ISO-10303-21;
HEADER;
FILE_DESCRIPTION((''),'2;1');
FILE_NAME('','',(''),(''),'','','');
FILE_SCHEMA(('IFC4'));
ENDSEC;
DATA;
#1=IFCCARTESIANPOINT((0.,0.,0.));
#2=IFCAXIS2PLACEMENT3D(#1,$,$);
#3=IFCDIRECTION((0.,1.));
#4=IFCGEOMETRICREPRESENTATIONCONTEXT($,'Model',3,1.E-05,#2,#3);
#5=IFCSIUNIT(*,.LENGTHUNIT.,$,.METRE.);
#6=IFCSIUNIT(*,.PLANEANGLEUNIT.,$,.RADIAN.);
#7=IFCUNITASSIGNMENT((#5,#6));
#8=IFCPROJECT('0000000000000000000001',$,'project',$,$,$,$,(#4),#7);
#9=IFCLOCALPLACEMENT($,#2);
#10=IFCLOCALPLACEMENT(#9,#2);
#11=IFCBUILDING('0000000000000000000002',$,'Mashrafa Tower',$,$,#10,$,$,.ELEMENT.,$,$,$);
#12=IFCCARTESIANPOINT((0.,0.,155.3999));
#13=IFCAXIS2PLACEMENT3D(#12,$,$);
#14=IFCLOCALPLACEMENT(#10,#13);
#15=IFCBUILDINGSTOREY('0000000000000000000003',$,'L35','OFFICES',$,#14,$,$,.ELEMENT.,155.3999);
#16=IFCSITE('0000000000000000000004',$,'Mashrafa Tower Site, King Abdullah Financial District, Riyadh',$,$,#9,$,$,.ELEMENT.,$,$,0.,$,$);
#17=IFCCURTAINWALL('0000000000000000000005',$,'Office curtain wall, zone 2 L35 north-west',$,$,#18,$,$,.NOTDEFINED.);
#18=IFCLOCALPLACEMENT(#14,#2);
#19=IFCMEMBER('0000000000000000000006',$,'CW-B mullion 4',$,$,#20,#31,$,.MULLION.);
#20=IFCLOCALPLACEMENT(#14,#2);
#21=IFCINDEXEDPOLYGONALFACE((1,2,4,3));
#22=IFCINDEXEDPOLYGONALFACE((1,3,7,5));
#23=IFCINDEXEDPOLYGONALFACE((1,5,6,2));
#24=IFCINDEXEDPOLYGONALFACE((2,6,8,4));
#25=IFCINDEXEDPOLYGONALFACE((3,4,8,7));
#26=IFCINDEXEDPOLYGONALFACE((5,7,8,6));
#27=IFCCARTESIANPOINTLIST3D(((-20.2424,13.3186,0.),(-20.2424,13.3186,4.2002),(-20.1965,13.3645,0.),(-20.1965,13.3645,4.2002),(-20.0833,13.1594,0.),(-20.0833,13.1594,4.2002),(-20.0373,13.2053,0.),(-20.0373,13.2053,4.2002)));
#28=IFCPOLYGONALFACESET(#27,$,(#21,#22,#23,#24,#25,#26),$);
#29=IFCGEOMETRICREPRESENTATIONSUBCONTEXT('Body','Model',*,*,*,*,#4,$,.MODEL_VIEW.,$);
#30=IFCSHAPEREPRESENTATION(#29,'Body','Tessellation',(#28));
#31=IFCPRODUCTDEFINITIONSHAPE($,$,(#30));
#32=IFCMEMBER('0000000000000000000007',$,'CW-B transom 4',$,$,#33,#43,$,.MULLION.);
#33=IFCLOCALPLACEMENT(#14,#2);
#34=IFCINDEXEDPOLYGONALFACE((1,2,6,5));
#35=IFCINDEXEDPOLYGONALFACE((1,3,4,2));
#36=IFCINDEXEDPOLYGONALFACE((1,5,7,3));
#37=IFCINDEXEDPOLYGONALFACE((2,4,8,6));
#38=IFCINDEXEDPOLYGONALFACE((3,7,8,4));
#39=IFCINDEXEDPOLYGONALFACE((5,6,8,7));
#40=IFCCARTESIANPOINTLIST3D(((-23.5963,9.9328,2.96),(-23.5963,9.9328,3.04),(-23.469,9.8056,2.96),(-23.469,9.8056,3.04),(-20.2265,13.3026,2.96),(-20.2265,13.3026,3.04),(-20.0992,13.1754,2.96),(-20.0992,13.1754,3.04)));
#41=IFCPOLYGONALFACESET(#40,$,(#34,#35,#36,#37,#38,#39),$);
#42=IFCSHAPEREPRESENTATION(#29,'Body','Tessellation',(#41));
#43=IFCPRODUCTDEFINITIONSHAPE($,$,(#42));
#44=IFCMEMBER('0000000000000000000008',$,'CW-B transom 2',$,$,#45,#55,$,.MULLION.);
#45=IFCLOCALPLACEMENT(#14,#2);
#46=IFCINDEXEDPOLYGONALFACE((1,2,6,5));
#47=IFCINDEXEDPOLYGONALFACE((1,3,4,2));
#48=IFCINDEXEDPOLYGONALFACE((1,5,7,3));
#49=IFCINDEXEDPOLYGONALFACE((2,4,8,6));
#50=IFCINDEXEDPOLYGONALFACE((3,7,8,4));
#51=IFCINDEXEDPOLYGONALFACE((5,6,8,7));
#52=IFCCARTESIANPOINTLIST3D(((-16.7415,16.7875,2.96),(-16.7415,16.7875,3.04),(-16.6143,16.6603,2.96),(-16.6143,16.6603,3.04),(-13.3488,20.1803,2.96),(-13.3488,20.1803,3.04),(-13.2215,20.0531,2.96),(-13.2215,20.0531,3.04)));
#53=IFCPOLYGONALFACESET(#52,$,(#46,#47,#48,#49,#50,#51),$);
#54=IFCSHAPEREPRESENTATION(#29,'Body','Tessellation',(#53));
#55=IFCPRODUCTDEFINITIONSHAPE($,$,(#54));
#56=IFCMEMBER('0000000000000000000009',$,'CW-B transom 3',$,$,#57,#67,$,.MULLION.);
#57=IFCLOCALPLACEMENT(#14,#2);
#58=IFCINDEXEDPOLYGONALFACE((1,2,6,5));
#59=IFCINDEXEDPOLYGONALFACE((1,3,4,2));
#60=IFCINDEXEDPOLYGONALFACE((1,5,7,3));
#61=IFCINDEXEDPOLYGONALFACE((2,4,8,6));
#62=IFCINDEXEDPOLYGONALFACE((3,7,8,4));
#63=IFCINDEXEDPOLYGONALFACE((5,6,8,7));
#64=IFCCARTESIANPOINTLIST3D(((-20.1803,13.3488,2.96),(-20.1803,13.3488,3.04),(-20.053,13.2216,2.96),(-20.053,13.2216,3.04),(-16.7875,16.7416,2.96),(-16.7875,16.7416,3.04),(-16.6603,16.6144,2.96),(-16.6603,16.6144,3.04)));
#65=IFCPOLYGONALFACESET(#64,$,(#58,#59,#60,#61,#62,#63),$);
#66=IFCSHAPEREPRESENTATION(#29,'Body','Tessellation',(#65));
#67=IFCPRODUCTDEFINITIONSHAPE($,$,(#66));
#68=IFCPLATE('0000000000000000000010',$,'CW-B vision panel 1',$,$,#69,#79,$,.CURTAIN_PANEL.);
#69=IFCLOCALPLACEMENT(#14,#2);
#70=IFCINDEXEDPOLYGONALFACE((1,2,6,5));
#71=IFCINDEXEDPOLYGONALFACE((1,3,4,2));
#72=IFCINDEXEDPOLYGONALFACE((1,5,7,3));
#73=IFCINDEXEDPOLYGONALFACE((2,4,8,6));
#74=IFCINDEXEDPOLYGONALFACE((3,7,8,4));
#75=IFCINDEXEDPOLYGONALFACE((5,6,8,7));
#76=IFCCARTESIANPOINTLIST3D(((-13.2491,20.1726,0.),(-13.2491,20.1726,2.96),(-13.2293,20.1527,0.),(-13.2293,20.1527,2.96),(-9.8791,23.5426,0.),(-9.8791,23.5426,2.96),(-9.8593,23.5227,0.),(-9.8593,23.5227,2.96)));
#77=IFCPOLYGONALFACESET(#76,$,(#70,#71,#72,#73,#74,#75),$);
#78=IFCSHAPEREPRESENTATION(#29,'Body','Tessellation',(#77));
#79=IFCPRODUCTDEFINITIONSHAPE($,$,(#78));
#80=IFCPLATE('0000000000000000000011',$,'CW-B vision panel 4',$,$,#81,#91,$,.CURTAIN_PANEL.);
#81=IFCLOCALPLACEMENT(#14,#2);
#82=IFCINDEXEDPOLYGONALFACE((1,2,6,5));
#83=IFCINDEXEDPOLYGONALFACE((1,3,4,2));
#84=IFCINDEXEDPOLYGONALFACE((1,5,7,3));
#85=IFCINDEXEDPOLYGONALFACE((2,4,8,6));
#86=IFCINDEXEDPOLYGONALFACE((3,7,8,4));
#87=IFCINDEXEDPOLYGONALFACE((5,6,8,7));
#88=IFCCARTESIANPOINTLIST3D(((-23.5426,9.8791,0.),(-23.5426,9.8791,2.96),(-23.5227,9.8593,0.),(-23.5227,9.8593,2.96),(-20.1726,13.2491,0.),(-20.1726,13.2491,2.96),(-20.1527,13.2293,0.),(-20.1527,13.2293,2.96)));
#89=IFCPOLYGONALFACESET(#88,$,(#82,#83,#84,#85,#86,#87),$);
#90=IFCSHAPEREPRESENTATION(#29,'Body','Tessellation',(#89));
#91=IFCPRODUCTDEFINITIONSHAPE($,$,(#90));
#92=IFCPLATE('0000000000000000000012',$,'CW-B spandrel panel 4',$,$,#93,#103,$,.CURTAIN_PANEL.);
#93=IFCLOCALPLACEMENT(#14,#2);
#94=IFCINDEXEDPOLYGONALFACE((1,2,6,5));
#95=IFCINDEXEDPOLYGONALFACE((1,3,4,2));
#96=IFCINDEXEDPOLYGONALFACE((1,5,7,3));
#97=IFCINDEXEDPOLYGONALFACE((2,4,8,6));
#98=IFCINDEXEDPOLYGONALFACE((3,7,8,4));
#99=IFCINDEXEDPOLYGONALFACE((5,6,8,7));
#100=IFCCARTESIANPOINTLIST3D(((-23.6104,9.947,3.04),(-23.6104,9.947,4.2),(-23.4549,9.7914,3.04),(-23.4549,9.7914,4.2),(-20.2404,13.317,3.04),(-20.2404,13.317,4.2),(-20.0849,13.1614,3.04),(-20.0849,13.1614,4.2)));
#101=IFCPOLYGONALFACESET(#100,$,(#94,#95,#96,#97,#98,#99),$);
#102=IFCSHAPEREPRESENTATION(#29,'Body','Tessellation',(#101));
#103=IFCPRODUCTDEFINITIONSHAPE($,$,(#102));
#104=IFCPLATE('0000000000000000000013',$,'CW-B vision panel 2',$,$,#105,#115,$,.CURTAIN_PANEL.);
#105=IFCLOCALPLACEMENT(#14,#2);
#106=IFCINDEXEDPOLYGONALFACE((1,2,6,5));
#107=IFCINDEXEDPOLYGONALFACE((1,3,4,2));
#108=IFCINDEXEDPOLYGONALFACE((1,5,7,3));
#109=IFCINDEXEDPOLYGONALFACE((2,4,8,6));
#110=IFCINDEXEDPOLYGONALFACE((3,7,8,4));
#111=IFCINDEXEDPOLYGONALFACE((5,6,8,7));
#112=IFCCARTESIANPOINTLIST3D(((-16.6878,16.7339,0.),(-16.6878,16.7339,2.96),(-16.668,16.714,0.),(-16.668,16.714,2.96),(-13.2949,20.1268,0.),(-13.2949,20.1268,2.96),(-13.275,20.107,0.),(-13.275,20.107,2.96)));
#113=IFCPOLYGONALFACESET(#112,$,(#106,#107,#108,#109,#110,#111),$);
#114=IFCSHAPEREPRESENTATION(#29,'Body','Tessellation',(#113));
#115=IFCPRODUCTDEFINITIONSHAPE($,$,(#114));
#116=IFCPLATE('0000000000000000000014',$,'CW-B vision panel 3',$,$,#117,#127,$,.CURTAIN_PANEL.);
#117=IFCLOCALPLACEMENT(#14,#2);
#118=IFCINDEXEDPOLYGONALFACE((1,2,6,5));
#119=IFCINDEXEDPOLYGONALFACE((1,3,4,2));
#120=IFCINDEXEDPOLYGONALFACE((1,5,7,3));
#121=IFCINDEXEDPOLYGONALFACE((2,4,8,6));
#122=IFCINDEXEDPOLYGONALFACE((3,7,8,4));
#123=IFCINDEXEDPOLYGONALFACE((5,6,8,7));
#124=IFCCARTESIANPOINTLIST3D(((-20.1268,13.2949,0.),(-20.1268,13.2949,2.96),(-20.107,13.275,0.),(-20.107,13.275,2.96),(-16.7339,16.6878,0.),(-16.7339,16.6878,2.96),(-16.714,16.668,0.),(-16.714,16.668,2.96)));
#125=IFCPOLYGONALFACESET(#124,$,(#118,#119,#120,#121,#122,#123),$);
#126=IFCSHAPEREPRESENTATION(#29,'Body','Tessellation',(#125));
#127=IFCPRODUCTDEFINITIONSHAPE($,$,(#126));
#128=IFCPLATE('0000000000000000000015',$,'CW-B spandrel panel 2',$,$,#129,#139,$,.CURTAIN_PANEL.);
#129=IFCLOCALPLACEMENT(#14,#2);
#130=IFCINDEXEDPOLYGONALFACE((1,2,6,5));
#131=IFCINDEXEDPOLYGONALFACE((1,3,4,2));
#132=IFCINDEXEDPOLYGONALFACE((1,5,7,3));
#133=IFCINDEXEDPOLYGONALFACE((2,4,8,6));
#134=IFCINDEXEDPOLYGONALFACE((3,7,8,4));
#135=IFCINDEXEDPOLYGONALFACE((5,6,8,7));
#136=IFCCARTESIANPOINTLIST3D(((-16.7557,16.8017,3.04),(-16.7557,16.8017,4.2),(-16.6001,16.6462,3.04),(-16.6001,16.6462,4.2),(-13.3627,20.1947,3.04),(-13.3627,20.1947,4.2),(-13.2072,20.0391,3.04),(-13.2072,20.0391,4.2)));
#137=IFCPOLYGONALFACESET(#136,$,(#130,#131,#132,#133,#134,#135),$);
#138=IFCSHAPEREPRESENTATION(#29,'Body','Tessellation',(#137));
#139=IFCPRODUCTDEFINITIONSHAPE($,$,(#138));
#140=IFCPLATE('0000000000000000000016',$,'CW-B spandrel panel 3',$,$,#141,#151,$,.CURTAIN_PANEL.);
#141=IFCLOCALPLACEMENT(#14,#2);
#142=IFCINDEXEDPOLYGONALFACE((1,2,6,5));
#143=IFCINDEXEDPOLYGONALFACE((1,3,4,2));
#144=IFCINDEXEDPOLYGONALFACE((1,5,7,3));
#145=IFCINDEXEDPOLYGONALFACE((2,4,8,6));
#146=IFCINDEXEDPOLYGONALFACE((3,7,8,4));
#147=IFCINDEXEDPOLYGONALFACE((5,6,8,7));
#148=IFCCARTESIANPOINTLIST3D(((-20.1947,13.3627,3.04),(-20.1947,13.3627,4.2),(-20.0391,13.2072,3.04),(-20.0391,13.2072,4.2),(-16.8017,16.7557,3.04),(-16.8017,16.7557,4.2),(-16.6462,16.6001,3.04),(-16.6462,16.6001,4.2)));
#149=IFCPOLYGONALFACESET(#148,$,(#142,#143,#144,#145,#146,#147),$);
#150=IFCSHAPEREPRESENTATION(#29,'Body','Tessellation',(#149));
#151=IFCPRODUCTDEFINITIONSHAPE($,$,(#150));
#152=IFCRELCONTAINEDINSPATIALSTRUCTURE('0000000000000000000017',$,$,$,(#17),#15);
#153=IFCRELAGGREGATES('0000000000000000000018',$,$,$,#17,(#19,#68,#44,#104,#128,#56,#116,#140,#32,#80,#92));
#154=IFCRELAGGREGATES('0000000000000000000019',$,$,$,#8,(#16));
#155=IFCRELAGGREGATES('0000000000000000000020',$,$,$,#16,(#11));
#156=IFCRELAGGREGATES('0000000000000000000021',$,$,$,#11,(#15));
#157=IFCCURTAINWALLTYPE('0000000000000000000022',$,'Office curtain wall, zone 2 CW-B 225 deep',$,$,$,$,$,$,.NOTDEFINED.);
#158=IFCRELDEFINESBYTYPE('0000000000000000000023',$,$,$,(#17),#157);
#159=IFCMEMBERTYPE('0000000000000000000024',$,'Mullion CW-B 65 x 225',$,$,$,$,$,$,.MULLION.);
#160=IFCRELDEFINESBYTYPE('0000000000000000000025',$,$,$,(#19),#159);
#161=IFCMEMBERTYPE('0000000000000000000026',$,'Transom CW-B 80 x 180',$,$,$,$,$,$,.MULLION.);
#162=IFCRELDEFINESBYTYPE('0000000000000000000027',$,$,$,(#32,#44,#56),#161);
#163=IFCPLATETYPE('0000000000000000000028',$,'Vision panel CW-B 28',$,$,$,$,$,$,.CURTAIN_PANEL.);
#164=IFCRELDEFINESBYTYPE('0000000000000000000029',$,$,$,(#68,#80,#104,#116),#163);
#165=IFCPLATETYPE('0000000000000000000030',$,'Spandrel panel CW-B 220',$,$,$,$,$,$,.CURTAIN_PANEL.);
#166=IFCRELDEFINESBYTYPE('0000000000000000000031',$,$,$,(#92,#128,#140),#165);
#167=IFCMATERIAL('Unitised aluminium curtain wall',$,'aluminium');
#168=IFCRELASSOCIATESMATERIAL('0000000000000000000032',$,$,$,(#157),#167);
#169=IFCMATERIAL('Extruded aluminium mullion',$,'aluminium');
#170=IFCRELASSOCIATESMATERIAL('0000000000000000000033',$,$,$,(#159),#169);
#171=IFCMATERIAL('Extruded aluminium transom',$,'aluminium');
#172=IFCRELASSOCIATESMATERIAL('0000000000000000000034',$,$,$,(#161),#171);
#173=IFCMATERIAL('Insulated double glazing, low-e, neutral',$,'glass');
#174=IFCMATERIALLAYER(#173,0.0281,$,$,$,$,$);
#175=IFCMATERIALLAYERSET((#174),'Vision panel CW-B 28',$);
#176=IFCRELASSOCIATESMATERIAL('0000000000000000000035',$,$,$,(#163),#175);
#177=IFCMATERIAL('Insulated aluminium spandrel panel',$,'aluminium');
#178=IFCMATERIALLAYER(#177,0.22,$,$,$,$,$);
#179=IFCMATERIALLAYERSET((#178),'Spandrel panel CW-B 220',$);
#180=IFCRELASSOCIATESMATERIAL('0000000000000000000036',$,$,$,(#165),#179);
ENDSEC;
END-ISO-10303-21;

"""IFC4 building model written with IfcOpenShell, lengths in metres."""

from ifc_helpers import new_model, si_unit, direction, frame, origin, origin_2d, place, context, subcontext, project, spatial, rectangle, extrude, source, transform, mapped, material, layer, layer_set, material_profile, profile_set, type_object, type_shapes, element, aggregate, save


model = new_model("IFC4")

# Units and contexts
model_context = context("Model", 3, precision=1e-05, world=origin(), true_north=direction((0.0, 1.0)))
body_context = subcontext(model_context, "Body", "Model", "MODEL_VIEW")
ifc_project = project(units=[si_unit("LENGTHUNIT", "METRE"), si_unit("PLANEANGLEUNIT", "RADIAN")], contexts=[model_context])

# Site, building, storey
site_placement = place(None, origin())
site = spatial("IfcSite", under=ifc_project, at=site_placement, Name="Mashrafa Tower Site, King Abdullah Financial District, Riyadh", CompositionType="ELEMENT", RefElevation=0.0)
building_placement = place(site_placement, origin())
building = spatial("IfcBuilding", under=site, at=building_placement, Name="Mashrafa Tower", CompositionType="ELEMENT")
storey_placement = place(building_placement, frame((0.0, 0.0, 155.3999)))
storey = spatial("IfcBuildingStorey", under=building, at=storey_placement, Name="L35", Description="OFFICES", CompositionType="ELEMENT", Elevation=155.3999)

# Curtain wall, members, plates
ifc_material_1 = material(Name="Unitised aluminium curtain wall", Category="aluminium")
curtain_wall_type = type_object("IfcCurtainWallType", Name="Office curtain wall, zone 2 CW-B 225 deep", PredefinedType="NOTDEFINED", material=ifc_material_1)
curtain_wall_placement = place(storey_placement, origin())
curtain_wall = element("IfcCurtainWall", 1, at=curtain_wall_placement, inside=storey, type_object=curtain_wall_type, Name="Office curtain wall, zone 2 L35 north-west", PredefinedType="NOTDEFINED")
ifc_material_2 = material(Name="Extruded aluminium mullion", Category="aluminium")
ifc_material_profile_1 = material_profile(ifc_material_2, rectangle(XDim=0.2251, YDim=0.0649, at=origin_2d()), Name="Mullion 65x225")
ifc_profile_set_1 = profile_set([ifc_material_profile_1], Name="Extruded aluminium mullion")
member_type_1 = type_object("IfcMemberType", Name="Mullion CW-B 65 x 225", PredefinedType="MULLION", material=ifc_profile_set_1)
shared_shape_1 = source(origin(), body_context, "Body", "SweptSolid", [
    extrude(rectangle(XDim=0.2251, YDim=0.0649, at=origin_2d()), origin(), (0.0, 0.0, 1.0), 4.2002),
])
type_shapes(member_type_1, [shared_shape_1])
member_1_placement = place(storey_placement, frame((-20.1399, 13.262, 0.0), z_axis=(0.0, 0.0, 1.0), x_axis=(0.707107, -0.707107, 0.0)))
member_1 = element("IfcMember", 2, at=member_1_placement, type_object=member_type_1, Name="CW-B mullion 4", PredefinedType="MULLION", context=body_context, shape_type="MappedRepresentation", body=[
    mapped(shared_shape_1, transform((0.0, 0.0, 0.0))),
])
ifc_material_3 = material(Name="Extruded aluminium transom", Category="aluminium")
ifc_material_profile_2 = material_profile(ifc_material_3, rectangle(XDim=0.1799, YDim=0.0801, at=origin_2d()), Name="Transom 80x180")
ifc_profile_set_2 = profile_set([ifc_material_profile_2], Name="Extruded aluminium transom")
member_type_2 = type_object("IfcMemberType", Name="Transom CW-B 80 x 180", PredefinedType="MULLION", material=ifc_profile_set_2)
shared_shape_2 = source(origin(), body_context, "Body", "SweptSolid", [
    extrude(rectangle(XDim=0.1799, YDim=0.0801, at=origin_2d()), origin(), (0.0, 0.0, 1.0), 4.7656),
])
member_2_placement = place(storey_placement, frame((-20.1628, 13.239, 3.0), z_axis=(-0.707107, -0.707107, 0.0), x_axis=(0.707107, -0.707107, 0.0)))
member_2 = element("IfcMember", 3, at=member_2_placement, type_object=member_type_2, Name="CW-B transom 4", PredefinedType="MULLION", context=body_context, shape_type="MappedRepresentation", body=[
    mapped(shared_shape_2, transform((0.0, 0.0, 0.0))),
])
shared_shape_3 = source(origin(), body_context, "Body", "SweptSolid", [
    extrude(rectangle(XDim=0.1799, YDim=0.0801, at=origin_2d()), origin(), (0.0, 0.0, 1.0), 4.7981),
])
type_shapes(member_type_2, [shared_shape_2, shared_shape_3])
member_3_placement = place(storey_placement, frame((-13.2852, 20.1167, 3.0), z_axis=(-0.707107, -0.707107, 0.0), x_axis=(0.707107, -0.707107, 0.0)))
member_3 = element("IfcMember", 4, at=member_3_placement, type_object=member_type_2, Name="CW-B transom 2", PredefinedType="MULLION", context=body_context, shape_type="MappedRepresentation", body=[
    mapped(shared_shape_3, transform((0.0, 0.0, 0.0))),
])
member_4_placement = place(storey_placement, frame((-16.7239, 16.678, 3.0), z_axis=(-0.707107, -0.707107, 0.0), x_axis=(0.707107, -0.707107, 0.0)))
member_4 = element("IfcMember", 5, at=member_4_placement, type_object=member_type_2, Name="CW-B transom 3", PredefinedType="MULLION", context=body_context, shape_type="MappedRepresentation", body=[
    mapped(shared_shape_3, transform((0.0, 0.0, 0.0))),
])
ifc_material_4 = material(Name="Insulated double glazing, low-e, neutral", Category="glass")
ifc_layer_1 = layer(ifc_material_4, 0.0281)
ifc_layer_set_1 = layer_set([ifc_layer_1], Name="Vision panel CW-B 28")
plate_type_1 = type_object("IfcPlateType", Name="Vision panel CW-B 28", PredefinedType="CURTAIN_PANEL", material=ifc_layer_set_1)
shared_shape_4 = source(origin(), body_context, "Body", "SweptSolid", [
    extrude(rectangle(XDim=4.7659, YDim=0.0281, at=origin_2d()), origin(), (0.0, 0.0, 1.0), 2.96),
])
plate_1_placement = place(storey_placement, frame((-11.5542, 21.8477, 0.0), z_axis=(0.0, 0.0, 1.0), x_axis=(-0.707107, -0.707107, 0.0)))
plate_1 = element("IfcPlate", 6, at=plate_1_placement, type_object=plate_type_1, Name="CW-B vision panel 1", PredefinedType="CURTAIN_PANEL", context=body_context, shape_type="MappedRepresentation", body=[
    mapped(shared_shape_4, transform((0.0, 0.0, 0.0))),
])
plate_2_placement = place(storey_placement, frame((-21.8477, 11.5542, 0.0), z_axis=(0.0, 0.0, 1.0), x_axis=(-0.707107, -0.707107, 0.0)))
plate_2 = element("IfcPlate", 7, at=plate_2_placement, type_object=plate_type_1, Name="CW-B vision panel 4", PredefinedType="CURTAIN_PANEL", context=body_context, shape_type="MappedRepresentation", body=[
    mapped(shared_shape_4, transform((0.0, 0.0, 0.0))),
])
ifc_material_5 = material(Name="Insulated aluminium spandrel panel", Category="aluminium")
ifc_layer_2 = layer(ifc_material_5, 0.22)
ifc_layer_set_2 = layer_set([ifc_layer_2], Name="Spandrel panel CW-B 220")
plate_type_2 = type_object("IfcPlateType", Name="Spandrel panel CW-B 220", PredefinedType="CURTAIN_PANEL", material=ifc_layer_set_2)
shared_shape_5 = source(origin(), body_context, "Body", "SweptSolid", [
    extrude(rectangle(XDim=4.7659, YDim=0.22, at=origin_2d()), origin(), (0.0, 0.0, 1.0), 1.1599),
])
plate_3_placement = place(storey_placement, frame((-21.8477, 11.5542, 3.04), z_axis=(0.0, 0.0, 1.0), x_axis=(-0.707107, -0.707107, 0.0)))
plate_3 = element("IfcPlate", 8, at=plate_3_placement, type_object=plate_type_2, Name="CW-B spandrel panel 4", PredefinedType="CURTAIN_PANEL", context=body_context, shape_type="MappedRepresentation", body=[
    mapped(shared_shape_5, transform((0.0, 0.0, 0.0))),
])
shared_shape_6 = source(origin(), body_context, "Body", "SweptSolid", [
    extrude(rectangle(XDim=4.7983, YDim=0.0281, at=origin_2d()), origin(), (0.0, 0.0, 1.0), 2.96),
])
type_shapes(plate_type_1, [shared_shape_4, shared_shape_6])
plate_4_placement = place(storey_placement, frame((-14.9814, 18.4204, 0.0), z_axis=(0.0, 0.0, 1.0), x_axis=(-0.707107, -0.707107, 0.0)))
plate_4 = element("IfcPlate", 9, at=plate_4_placement, type_object=plate_type_1, Name="CW-B vision panel 2", PredefinedType="CURTAIN_PANEL", context=body_context, shape_type="MappedRepresentation", body=[
    mapped(shared_shape_6, transform((0.0, 0.0, 0.0))),
])
plate_5_placement = place(storey_placement, frame((-18.4204, 14.9814, 0.0), z_axis=(0.0, 0.0, 1.0), x_axis=(-0.707107, -0.707107, 0.0)))
plate_5 = element("IfcPlate", 10, at=plate_5_placement, type_object=plate_type_1, Name="CW-B vision panel 3", PredefinedType="CURTAIN_PANEL", context=body_context, shape_type="MappedRepresentation", body=[
    mapped(shared_shape_6, transform((0.0, 0.0, 0.0))),
])
shared_shape_7 = source(origin(), body_context, "Body", "SweptSolid", [
    extrude(rectangle(XDim=4.7983, YDim=0.22, at=origin_2d()), origin(), (0.0, 0.0, 1.0), 1.1599),
])
type_shapes(plate_type_2, [shared_shape_5, shared_shape_7])
plate_6_placement = place(storey_placement, frame((-14.9814, 18.4204, 3.04), z_axis=(0.0, 0.0, 1.0), x_axis=(-0.707107, -0.707107, 0.0)))
plate_6 = element("IfcPlate", 11, at=plate_6_placement, type_object=plate_type_2, Name="CW-B spandrel panel 2", PredefinedType="CURTAIN_PANEL", context=body_context, shape_type="MappedRepresentation", body=[
    mapped(shared_shape_7, transform((0.0, 0.0, 0.0))),
])
plate_7_placement = place(storey_placement, frame((-18.4204, 14.9814, 3.04), z_axis=(0.0, 0.0, 1.0), x_axis=(-0.707107, -0.707107, 0.0)))
plate_7 = element("IfcPlate", 12, at=plate_7_placement, type_object=plate_type_2, Name="CW-B spandrel panel 3", PredefinedType="CURTAIN_PANEL", context=body_context, shape_type="MappedRepresentation", body=[
    mapped(shared_shape_7, transform((0.0, 0.0, 0.0))),
])
aggregate(curtain_wall, [member_1, plate_1, member_3, plate_4, plate_6, member_4, plate_5, plate_7, member_2, plate_2, plate_3])

save(model, "model.ifc")
